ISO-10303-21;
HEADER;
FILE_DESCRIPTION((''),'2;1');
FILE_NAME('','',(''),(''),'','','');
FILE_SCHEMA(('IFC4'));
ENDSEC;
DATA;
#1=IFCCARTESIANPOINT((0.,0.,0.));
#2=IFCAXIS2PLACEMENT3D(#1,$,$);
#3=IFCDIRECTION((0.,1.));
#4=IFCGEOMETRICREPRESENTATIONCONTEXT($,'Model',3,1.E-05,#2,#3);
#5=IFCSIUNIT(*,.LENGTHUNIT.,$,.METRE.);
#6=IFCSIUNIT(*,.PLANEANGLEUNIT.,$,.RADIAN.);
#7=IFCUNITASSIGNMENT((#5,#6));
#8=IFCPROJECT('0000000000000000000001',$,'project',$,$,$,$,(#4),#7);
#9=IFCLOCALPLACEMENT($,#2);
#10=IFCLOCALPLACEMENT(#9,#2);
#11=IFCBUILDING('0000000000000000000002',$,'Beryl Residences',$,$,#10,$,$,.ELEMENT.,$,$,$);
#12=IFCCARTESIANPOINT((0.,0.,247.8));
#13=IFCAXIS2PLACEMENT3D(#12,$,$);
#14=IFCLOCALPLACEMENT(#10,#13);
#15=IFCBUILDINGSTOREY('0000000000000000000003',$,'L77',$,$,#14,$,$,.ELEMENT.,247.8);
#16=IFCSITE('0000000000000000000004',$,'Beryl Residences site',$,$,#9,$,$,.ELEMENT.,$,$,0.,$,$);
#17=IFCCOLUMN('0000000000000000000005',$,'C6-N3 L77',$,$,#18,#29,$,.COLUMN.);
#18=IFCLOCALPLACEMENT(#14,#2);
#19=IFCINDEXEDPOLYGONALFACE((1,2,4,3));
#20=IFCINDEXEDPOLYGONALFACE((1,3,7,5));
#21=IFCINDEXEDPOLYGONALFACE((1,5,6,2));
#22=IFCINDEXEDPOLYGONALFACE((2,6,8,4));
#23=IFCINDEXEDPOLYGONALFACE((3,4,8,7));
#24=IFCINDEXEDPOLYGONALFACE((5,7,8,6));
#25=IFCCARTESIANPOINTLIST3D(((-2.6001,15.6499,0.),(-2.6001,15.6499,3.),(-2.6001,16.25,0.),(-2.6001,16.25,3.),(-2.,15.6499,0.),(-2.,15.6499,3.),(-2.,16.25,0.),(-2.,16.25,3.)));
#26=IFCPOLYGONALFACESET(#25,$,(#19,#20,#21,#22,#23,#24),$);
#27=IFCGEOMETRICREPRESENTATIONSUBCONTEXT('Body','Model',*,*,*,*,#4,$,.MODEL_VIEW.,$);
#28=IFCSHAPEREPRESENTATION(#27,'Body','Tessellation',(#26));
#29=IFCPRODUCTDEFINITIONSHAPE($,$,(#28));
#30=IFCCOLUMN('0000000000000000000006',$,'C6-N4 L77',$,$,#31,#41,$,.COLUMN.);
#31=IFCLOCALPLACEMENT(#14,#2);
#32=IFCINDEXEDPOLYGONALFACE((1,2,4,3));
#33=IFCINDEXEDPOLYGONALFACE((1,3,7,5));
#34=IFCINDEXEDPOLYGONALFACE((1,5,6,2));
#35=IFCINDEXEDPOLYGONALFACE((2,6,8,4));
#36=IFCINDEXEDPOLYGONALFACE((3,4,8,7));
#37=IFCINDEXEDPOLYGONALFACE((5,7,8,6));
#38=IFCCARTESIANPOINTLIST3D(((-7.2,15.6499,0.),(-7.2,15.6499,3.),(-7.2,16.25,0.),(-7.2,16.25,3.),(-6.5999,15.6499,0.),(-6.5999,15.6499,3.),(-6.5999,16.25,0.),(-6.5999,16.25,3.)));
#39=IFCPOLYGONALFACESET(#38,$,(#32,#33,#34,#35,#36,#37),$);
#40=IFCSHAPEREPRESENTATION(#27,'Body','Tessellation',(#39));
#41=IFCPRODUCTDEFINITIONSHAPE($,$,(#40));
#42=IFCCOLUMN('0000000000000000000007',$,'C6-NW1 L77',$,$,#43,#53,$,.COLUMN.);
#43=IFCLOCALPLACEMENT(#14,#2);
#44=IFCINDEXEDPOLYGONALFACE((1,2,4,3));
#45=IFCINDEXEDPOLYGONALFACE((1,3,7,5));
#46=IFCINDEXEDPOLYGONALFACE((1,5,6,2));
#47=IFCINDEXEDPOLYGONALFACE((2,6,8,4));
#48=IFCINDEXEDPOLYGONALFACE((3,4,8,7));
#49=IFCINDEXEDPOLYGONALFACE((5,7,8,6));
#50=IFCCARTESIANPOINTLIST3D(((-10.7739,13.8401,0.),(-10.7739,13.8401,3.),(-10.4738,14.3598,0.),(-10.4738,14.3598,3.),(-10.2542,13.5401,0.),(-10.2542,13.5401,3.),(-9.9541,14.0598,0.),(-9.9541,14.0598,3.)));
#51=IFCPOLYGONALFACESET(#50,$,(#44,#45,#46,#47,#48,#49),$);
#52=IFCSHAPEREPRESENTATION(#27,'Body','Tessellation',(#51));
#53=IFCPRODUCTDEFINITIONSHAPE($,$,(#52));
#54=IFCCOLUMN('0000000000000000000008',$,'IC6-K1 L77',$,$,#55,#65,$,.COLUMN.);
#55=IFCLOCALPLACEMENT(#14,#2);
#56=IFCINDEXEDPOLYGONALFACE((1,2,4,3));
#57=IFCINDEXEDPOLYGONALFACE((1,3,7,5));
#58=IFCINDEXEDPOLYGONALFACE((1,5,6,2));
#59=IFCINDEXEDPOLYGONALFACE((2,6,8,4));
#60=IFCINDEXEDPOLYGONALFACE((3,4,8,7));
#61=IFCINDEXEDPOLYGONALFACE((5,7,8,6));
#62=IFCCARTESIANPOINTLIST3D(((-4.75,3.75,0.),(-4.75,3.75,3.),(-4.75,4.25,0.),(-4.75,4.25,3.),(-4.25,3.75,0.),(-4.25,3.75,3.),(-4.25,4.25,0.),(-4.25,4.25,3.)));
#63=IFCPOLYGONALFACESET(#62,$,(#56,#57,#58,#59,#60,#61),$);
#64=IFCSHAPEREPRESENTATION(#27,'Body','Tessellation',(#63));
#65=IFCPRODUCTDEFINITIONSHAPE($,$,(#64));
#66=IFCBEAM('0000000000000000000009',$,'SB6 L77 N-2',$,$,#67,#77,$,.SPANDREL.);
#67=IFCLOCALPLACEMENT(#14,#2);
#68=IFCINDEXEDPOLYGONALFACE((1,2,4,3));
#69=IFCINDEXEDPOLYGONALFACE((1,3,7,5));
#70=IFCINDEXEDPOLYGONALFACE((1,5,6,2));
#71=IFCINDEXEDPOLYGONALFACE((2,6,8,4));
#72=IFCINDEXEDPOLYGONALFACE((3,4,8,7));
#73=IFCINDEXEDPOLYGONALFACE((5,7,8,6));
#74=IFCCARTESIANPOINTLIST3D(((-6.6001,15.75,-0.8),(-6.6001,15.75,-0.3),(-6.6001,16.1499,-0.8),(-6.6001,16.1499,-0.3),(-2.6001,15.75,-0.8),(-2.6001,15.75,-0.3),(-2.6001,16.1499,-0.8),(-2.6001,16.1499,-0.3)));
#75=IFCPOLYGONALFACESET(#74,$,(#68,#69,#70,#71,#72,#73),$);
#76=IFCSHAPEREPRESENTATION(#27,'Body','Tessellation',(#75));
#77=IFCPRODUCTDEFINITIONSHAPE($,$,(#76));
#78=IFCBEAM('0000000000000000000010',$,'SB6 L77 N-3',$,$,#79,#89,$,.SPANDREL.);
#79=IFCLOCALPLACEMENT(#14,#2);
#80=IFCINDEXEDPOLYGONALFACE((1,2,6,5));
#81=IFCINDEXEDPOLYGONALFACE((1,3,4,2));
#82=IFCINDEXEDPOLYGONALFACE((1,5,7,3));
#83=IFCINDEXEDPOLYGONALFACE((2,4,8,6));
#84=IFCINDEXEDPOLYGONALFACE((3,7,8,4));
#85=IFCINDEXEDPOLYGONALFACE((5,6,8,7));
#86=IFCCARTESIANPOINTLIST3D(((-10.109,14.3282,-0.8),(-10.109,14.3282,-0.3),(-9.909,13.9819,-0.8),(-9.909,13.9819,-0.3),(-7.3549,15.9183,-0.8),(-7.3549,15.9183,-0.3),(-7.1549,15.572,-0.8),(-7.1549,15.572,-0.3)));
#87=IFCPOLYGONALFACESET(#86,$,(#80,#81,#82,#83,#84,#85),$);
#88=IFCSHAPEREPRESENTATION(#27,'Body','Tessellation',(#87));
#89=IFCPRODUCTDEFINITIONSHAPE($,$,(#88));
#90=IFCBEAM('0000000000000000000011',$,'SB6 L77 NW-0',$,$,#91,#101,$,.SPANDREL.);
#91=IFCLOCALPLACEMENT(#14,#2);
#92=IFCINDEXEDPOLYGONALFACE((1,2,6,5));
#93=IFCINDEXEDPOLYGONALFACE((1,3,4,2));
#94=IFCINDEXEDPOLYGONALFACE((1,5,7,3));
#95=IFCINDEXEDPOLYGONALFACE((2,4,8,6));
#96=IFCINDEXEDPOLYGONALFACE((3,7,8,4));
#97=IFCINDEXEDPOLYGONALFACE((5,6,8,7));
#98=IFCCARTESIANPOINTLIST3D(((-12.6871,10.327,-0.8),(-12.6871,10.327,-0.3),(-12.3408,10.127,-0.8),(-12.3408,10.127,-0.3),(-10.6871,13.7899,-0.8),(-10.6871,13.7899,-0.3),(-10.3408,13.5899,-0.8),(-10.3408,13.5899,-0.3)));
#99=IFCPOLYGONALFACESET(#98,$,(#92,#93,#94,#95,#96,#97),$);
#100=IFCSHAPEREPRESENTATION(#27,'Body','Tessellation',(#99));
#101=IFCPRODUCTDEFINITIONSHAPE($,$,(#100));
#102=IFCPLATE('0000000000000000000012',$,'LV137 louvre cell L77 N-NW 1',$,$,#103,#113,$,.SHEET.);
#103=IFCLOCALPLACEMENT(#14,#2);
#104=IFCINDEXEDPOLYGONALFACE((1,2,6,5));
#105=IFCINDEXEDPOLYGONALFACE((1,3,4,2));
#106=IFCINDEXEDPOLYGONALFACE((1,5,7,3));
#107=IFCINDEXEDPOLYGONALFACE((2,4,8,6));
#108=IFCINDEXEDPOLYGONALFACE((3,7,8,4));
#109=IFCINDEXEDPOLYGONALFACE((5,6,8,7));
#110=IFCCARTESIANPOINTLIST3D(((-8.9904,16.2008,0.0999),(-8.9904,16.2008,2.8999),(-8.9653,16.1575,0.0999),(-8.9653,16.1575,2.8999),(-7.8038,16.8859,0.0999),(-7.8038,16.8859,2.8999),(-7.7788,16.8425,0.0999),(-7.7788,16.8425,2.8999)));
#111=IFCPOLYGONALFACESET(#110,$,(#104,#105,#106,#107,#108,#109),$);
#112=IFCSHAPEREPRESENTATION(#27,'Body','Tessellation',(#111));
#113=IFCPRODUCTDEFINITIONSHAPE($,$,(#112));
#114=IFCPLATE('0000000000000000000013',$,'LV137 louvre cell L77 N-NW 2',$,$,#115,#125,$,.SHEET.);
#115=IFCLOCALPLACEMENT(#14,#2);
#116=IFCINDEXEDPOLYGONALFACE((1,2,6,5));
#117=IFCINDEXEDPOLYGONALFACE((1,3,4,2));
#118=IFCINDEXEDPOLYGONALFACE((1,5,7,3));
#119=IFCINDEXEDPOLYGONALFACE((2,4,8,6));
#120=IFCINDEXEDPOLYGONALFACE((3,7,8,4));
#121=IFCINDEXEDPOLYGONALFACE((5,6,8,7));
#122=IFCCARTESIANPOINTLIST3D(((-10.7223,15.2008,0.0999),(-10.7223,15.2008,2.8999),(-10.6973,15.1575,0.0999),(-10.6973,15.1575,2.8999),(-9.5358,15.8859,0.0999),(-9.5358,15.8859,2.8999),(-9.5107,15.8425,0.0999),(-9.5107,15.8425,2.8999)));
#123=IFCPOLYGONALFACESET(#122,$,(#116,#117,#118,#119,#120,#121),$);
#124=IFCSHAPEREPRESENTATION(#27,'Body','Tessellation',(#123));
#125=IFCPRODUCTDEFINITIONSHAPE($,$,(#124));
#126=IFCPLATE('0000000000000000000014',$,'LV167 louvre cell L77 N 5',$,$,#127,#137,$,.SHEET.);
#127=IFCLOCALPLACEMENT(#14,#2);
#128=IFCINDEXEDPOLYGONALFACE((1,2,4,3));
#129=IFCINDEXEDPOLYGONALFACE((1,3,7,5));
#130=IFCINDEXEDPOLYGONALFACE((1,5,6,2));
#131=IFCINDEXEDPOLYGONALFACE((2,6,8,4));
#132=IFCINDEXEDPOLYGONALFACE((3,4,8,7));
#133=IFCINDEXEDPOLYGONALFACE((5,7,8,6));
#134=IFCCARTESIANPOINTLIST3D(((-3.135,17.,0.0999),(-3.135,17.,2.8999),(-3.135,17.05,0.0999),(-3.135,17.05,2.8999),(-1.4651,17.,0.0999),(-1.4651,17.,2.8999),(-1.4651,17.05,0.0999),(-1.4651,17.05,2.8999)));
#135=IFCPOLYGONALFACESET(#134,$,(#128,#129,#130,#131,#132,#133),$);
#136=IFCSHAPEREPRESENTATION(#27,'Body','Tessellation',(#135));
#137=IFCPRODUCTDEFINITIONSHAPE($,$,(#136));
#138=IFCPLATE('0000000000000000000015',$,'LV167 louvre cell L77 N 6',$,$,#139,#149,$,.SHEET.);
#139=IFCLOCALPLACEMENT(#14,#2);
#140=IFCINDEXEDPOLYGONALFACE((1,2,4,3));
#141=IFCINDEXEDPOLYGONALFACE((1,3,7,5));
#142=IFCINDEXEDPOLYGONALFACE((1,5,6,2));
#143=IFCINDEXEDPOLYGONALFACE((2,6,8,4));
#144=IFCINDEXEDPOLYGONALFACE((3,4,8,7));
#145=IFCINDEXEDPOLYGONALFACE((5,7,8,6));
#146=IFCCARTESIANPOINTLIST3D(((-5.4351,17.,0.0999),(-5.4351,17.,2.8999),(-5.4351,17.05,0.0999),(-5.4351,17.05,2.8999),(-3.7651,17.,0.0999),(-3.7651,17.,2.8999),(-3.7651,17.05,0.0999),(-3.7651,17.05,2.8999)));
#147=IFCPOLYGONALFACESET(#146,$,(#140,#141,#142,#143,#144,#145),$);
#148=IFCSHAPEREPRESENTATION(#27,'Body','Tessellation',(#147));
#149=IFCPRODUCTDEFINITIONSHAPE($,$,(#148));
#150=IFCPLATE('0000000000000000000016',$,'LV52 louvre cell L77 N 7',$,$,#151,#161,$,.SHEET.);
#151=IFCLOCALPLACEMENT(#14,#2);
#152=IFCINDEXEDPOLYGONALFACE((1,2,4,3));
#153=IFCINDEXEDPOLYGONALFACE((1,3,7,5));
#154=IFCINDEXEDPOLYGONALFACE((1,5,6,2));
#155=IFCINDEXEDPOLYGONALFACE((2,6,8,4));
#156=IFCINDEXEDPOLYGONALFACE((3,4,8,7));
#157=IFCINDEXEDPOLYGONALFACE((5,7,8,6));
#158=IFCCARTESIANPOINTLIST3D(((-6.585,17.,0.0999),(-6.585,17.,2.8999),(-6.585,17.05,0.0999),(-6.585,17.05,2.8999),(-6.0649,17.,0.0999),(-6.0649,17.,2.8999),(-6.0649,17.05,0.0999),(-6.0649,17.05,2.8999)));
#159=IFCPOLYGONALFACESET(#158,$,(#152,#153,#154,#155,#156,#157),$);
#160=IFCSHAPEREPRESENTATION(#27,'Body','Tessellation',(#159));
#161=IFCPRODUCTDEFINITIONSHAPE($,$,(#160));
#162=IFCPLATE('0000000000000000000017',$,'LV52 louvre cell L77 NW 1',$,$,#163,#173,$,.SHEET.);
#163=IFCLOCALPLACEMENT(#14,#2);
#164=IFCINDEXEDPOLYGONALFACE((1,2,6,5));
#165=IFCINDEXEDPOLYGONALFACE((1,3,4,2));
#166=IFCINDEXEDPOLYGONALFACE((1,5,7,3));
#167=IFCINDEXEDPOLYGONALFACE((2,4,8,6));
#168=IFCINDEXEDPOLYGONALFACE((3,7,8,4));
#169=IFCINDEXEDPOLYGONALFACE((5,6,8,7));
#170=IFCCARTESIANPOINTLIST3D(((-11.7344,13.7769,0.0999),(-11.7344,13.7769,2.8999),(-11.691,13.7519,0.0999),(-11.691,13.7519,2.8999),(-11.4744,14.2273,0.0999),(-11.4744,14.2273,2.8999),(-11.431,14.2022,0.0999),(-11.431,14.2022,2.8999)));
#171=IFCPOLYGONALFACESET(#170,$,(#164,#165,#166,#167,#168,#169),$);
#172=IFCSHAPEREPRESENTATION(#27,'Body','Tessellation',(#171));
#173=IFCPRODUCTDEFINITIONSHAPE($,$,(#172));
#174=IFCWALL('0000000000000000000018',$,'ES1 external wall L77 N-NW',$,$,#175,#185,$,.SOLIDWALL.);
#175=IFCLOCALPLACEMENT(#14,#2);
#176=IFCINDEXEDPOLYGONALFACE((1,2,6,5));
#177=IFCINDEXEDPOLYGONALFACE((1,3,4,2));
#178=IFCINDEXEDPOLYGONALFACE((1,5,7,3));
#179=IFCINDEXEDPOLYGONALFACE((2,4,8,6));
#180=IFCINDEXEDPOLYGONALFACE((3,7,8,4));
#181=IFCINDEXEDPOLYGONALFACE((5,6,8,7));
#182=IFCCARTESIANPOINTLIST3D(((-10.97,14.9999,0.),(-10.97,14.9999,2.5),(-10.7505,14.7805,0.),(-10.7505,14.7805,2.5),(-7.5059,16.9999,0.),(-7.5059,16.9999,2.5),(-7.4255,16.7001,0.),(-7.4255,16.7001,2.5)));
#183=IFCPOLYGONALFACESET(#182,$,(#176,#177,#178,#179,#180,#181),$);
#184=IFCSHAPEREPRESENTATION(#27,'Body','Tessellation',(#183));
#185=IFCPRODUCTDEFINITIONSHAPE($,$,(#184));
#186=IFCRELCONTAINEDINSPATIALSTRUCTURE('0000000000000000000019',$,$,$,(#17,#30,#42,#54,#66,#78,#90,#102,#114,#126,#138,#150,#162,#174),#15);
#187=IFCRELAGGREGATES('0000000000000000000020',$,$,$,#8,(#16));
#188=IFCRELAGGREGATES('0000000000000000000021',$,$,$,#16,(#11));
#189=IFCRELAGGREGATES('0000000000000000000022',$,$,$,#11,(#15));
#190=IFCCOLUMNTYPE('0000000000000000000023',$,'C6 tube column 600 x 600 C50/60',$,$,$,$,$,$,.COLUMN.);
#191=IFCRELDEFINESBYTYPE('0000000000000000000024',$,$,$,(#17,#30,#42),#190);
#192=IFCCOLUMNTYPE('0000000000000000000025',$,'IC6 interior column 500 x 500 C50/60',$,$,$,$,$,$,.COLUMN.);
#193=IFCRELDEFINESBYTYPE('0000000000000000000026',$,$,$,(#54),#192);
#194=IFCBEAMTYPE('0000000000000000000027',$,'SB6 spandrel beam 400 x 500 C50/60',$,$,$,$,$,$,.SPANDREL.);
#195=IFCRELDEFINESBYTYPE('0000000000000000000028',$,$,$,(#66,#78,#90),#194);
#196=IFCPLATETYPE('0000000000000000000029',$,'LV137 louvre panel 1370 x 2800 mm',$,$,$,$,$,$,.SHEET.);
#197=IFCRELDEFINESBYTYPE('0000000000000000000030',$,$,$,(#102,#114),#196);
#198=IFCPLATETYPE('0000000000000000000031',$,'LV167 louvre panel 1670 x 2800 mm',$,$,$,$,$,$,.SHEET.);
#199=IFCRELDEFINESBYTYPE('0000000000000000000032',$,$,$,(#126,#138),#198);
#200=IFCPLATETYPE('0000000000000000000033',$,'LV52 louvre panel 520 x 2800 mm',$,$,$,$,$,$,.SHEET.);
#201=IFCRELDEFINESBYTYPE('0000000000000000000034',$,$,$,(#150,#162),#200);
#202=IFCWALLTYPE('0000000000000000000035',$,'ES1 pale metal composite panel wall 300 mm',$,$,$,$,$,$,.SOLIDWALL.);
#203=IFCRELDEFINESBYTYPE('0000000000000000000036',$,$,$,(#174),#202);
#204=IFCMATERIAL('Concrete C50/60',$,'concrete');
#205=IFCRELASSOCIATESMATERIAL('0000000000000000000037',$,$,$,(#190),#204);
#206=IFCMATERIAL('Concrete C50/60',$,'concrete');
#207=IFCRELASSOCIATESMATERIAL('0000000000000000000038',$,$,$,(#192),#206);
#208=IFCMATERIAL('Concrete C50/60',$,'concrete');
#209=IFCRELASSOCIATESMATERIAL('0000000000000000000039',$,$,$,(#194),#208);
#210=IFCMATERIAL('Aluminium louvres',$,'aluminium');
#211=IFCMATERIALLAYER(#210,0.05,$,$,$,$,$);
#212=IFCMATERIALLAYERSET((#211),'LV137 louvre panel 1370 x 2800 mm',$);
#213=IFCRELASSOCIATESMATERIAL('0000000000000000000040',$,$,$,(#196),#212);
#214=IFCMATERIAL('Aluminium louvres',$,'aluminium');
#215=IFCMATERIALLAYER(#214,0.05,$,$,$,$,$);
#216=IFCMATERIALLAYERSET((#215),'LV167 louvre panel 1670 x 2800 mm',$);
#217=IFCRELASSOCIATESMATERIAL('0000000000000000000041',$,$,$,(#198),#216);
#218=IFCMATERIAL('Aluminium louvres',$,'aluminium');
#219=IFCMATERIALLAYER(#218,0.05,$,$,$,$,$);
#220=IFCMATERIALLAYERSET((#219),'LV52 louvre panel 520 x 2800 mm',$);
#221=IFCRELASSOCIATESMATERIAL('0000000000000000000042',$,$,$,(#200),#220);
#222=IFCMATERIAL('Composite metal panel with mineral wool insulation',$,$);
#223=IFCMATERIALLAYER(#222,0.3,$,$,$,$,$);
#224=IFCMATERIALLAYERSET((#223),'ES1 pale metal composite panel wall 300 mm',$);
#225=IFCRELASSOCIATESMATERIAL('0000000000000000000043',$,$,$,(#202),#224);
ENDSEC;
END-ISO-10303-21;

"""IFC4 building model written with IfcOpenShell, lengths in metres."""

from ifc_helpers import new_model, si_unit, direction, frame, origin, origin_2d, place, context, subcontext, project, spatial, polyline, rectangle, outline, extrude, source, transform, mapped, material, layer, layer_set, material_profile, profile_set, type_object, type_shapes, element, save


model = new_model("IFC4")

# Units and contexts
model_context = context("Model", 3, precision=1e-05, world=origin(), true_north=direction((0.0, 1.0)))
body_context = subcontext(model_context, "Body", "Model", "MODEL_VIEW")
ifc_project = project(units=[si_unit("LENGTHUNIT", "METRE"), si_unit("PLANEANGLEUNIT", "RADIAN")], contexts=[model_context])

# Site, building, storey
site_placement = place(None, origin())
site = spatial("IfcSite", under=ifc_project, at=site_placement, Name="Beryl Residences site", CompositionType="ELEMENT", RefElevation=0.0)
building_placement = place(site_placement, origin())
building = spatial("IfcBuilding", under=site, at=building_placement, Name="Beryl Residences", CompositionType="ELEMENT")
storey_placement = place(building_placement, frame((0.0, 0.0, 247.8)))
storey = spatial("IfcBuildingStorey", under=building, at=storey_placement, Name="L77", CompositionType="ELEMENT", Elevation=247.8)

# Columns
ifc_material_1 = material(Name="Concrete C50/60", Category="concrete")
ifc_material_profile_1 = material_profile(ifc_material_1, rectangle(XDim=0.6001, YDim=0.6001, at=origin_2d()))
ifc_profile_set_1 = profile_set([ifc_material_profile_1], Name="Concrete C50/60")
column_type_1 = type_object("IfcColumnType", Name="C6 tube column 600 x 600 C50/60", PredefinedType="COLUMN", material=ifc_profile_set_1)
for number, where, z_axis, x_axis, name in (
    (1, (-2.3, 15.95, 0.0), (0.0, 0.0, 1.0), (-1.0, 0.0, 0.0), "C6-N3 L77"),
    (2, (-6.8999, 15.95, 0.0), (0.0, 0.0, 1.0), (-1.0, 0.0, 0.0), "C6-N4 L77"),
    (3, (-10.364, 13.95, 0.0), (0.0, 0.0, 1.0), (-0.5, -0.866025, 0.0), "C6-NW1 L77"),
):
    element("IfcColumn", number, at=place(storey_placement, frame(where, z_axis=z_axis, x_axis=x_axis)), inside=storey, type_object=column_type_1, Name=name, PredefinedType="COLUMN", context=body_context, shape_type="SweptSolid", body=[
        extrude(rectangle(XDim=0.6001, YDim=0.6001, at=origin_2d()), origin(), (0.0, 0.0, 1.0), 3.0),
    ])
ifc_material_2 = material(Name="Concrete C50/60", Category="concrete")
ifc_material_profile_2 = material_profile(ifc_material_2, rectangle(XDim=0.5, YDim=0.5, at=origin_2d()))
ifc_profile_set_2 = profile_set([ifc_material_profile_2], Name="Concrete C50/60")
column_type_2 = type_object("IfcColumnType", Name="IC6 interior column 500 x 500 C50/60", PredefinedType="COLUMN", material=ifc_profile_set_2)
column_placement = place(storey_placement, frame((-4.5, 4.0, 0.0), z_axis=(0.0, 0.0, 1.0), x_axis=(1.0, 0.0, 0.0)))
element("IfcColumn", 4, at=column_placement, inside=storey, type_object=column_type_2, Name="IC6-K1 L77", PredefinedType="COLUMN", context=body_context, shape_type="SweptSolid", body=[
    extrude(rectangle(XDim=0.5, YDim=0.5, at=origin_2d()), origin(), (0.0, 0.0, 1.0), 3.0),
])

# Beams
ifc_material_3 = material(Name="Concrete C50/60", Category="concrete")
ifc_material_profile_3 = material_profile(ifc_material_3, rectangle(XDim=0.3999, YDim=0.5, at=origin_2d()))
ifc_profile_set_3 = profile_set([ifc_material_profile_3], Name="Concrete C50/60")
beam_type = type_object("IfcBeamType", Name="SB6 spandrel beam 400 x 500 C50/60", PredefinedType="SPANDREL", material=ifc_profile_set_3)
beam_1_placement = place(storey_placement, frame((-2.6001, 15.95, -0.55), z_axis=(-1.0, 0.0, 0.0), x_axis=(0.0, -1.0, 0.0)))
element("IfcBeam", 5, at=beam_1_placement, inside=storey, type_object=beam_type, Name="SB6 L77 N-2", PredefinedType="SPANDREL", context=body_context, shape_type="SweptSolid", body=[
    extrude(rectangle(XDim=0.3999, YDim=0.5, at=origin_2d()), origin(), (0.0, 0.0, 1.0), 4.0),
])
beam_2_placement = place(storey_placement, frame((-7.2549, 15.7451, -0.55), z_axis=(-0.866028, -0.499995, 0.0), x_axis=(0.499995, -0.866028, 0.0)))
element("IfcBeam", 6, at=beam_2_placement, inside=storey, type_object=beam_type, Name="SB6 L77 N-3", PredefinedType="SPANDREL", context=body_context, shape_type="SweptSolid", body=[
    extrude(rectangle(XDim=0.3999, YDim=0.5, at=origin_2d()), origin(), (0.0, 0.0, 1.0), 3.1802),
])
beam_3_placement = place(storey_placement, frame((-10.5139, 13.6899, -0.55), z_axis=(-0.500131, -0.86595, 0.0), x_axis=(0.86595, -0.500131, 0.0)))
element("IfcBeam", 7, at=beam_3_placement, inside=storey, type_object=beam_type, Name="SB6 L77 NW-0", PredefinedType="SPANDREL", context=body_context, shape_type="SweptSolid", body=[
    extrude(rectangle(XDim=0.3999, YDim=0.5, at=origin_2d()), origin(), (0.0, 0.0, 1.0), 3.999),
])

# Plates
ifc_material_4 = material(Name="Aluminium louvres", Category="aluminium")
ifc_layer_1 = layer(ifc_material_4, 0.05)
ifc_layer_set_1 = layer_set([ifc_layer_1], Name="LV137 louvre panel 1370 x 2800 mm")
plate_type_1 = type_object("IfcPlateType", Name="LV137 louvre panel 1370 x 2800 mm", PredefinedType="SHEET", material=ifc_layer_set_1)
shared_shape_1 = source(origin(), body_context, "Body", "SweptSolid", [
    extrude(outline(polyline([(-0.6851, 0.0), (0.6851, 0.0), (0.6851, 0.05), (-0.6851, 0.05), (-0.6851, 0.0)])), origin(), (0.0, 0.0, 1.0), 2.8),
])
type_shapes(plate_type_1, [shared_shape_1])
for number, where, z_axis, x_axis, name in (
    (8, (-8.3721, 16.5, 0.0999), (0.0, 0.0, 1.0), (0.866025, 0.5, 0.0), "LV137 louvre cell L77 N-NW 1"),
    (9, (-10.104, 15.5, 0.0999), (0.0, 0.0, 1.0), (0.866025, 0.5, 0.0), "LV137 louvre cell L77 N-NW 2"),
):
    element("IfcPlate", number, at=place(storey_placement, frame(where, z_axis=z_axis, x_axis=x_axis)), inside=storey, type_object=plate_type_1, Name=name, PredefinedType="SHEET", context=body_context, shape_type="MappedRepresentation", body=[
        mapped(shared_shape_1, transform((0.0, 0.0, 0.0))),
    ])
ifc_material_5 = material(Name="Aluminium louvres", Category="aluminium")
ifc_layer_2 = layer(ifc_material_5, 0.05)
ifc_layer_set_2 = layer_set([ifc_layer_2], Name="LV167 louvre panel 1670 x 2800 mm")
plate_type_2 = type_object("IfcPlateType", Name="LV167 louvre panel 1670 x 2800 mm", PredefinedType="SHEET", material=ifc_layer_set_2)
shared_shape_2 = source(origin(), body_context, "Body", "SweptSolid", [
    extrude(outline(polyline([(-0.835, 0.0), (0.835, 0.0), (0.835, 0.05), (-0.835, 0.05), (-0.835, 0.0)])), origin(), (0.0, 0.0, 1.0), 2.8),
])
type_shapes(plate_type_2, [shared_shape_2])
for number, where, z_axis, x_axis, name in (
    (10, (-2.3, 17.0, 0.0999), (0.0, 0.0, 1.0), (1.0, 0.0, 0.0), "LV167 louvre cell L77 N 5"),
    (11, (-4.6001, 17.0, 0.0999), (0.0, 0.0, 1.0), (1.0, 0.0, 0.0), "LV167 louvre cell L77 N 6"),
):
    element("IfcPlate", number, at=place(storey_placement, frame(where, z_axis=z_axis, x_axis=x_axis)), inside=storey, type_object=plate_type_2, Name=name, PredefinedType="SHEET", context=body_context, shape_type="MappedRepresentation", body=[
        mapped(shared_shape_2, transform((0.0, 0.0, 0.0))),
    ])
ifc_material_6 = material(Name="Aluminium louvres", Category="aluminium")
ifc_layer_3 = layer(ifc_material_6, 0.05)
ifc_layer_set_3 = layer_set([ifc_layer_3], Name="LV52 louvre panel 520 x 2800 mm")
plate_type_3 = type_object("IfcPlateType", Name="LV52 louvre panel 520 x 2800 mm", PredefinedType="SHEET", material=ifc_layer_set_3)
shared_shape_3 = source(origin(), body_context, "Body", "SweptSolid", [
    extrude(outline(polyline([(-0.26, 0.0), (0.26, 0.0), (0.26, 0.05), (-0.26, 0.05), (-0.26, 0.0)])), origin(), (0.0, 0.0, 1.0), 2.8),
])
type_shapes(plate_type_3, [shared_shape_3])
for number, where, z_axis, x_axis, name in (
    (12, (-6.325, 17.0, 0.0999), (0.0, 0.0, 1.0), (1.0, 0.0, 0.0), "LV52 louvre cell L77 N 7"),
    (13, (-11.561, 13.9771, 0.0999), (0.0, 0.0, 1.0), (0.5, 0.866025, 0.0), "LV52 louvre cell L77 NW 1"),
):
    element("IfcPlate", number, at=place(storey_placement, frame(where, z_axis=z_axis, x_axis=x_axis)), inside=storey, type_object=plate_type_3, Name=name, PredefinedType="SHEET", context=body_context, shape_type="MappedRepresentation", body=[
        mapped(shared_shape_3, transform((0.0, 0.0, 0.0))),
    ])

# Wall
ifc_material_7 = material(Name="Composite metal panel with mineral wool insulation")
ifc_layer_4 = layer(ifc_material_7, 0.3)
ifc_layer_set_4 = layer_set([ifc_layer_4], Name="ES1 pale metal composite panel wall 300 mm")
wall_type = type_object("IfcWallType", Name="ES1 pale metal composite panel wall 300 mm", PredefinedType="SOLIDWALL", material=ifc_layer_set_4)
wall_1_placement = place(storey_placement, frame((-7.4309, 16.8701, 0.0), z_axis=(0.0, 0.0, 1.0), x_axis=(-0.866026, -0.499999, 0.0)))
element("IfcWall", 14, at=wall_1_placement, inside=storey, type_object=wall_type, Name="ES1 external wall L77 N-NW", PredefinedType="SOLIDWALL", context=body_context, shape_type="SweptSolid", body=[
    extrude(outline(polyline([(0.0, -0.1499), (4.0, -0.1499), (3.9197, 0.1499), (0.0803, 0.1499), (0.0, -0.1499)])), origin(), (0.0, 0.0, 1.0), 2.5),
])

save(model, "model.ifc")
